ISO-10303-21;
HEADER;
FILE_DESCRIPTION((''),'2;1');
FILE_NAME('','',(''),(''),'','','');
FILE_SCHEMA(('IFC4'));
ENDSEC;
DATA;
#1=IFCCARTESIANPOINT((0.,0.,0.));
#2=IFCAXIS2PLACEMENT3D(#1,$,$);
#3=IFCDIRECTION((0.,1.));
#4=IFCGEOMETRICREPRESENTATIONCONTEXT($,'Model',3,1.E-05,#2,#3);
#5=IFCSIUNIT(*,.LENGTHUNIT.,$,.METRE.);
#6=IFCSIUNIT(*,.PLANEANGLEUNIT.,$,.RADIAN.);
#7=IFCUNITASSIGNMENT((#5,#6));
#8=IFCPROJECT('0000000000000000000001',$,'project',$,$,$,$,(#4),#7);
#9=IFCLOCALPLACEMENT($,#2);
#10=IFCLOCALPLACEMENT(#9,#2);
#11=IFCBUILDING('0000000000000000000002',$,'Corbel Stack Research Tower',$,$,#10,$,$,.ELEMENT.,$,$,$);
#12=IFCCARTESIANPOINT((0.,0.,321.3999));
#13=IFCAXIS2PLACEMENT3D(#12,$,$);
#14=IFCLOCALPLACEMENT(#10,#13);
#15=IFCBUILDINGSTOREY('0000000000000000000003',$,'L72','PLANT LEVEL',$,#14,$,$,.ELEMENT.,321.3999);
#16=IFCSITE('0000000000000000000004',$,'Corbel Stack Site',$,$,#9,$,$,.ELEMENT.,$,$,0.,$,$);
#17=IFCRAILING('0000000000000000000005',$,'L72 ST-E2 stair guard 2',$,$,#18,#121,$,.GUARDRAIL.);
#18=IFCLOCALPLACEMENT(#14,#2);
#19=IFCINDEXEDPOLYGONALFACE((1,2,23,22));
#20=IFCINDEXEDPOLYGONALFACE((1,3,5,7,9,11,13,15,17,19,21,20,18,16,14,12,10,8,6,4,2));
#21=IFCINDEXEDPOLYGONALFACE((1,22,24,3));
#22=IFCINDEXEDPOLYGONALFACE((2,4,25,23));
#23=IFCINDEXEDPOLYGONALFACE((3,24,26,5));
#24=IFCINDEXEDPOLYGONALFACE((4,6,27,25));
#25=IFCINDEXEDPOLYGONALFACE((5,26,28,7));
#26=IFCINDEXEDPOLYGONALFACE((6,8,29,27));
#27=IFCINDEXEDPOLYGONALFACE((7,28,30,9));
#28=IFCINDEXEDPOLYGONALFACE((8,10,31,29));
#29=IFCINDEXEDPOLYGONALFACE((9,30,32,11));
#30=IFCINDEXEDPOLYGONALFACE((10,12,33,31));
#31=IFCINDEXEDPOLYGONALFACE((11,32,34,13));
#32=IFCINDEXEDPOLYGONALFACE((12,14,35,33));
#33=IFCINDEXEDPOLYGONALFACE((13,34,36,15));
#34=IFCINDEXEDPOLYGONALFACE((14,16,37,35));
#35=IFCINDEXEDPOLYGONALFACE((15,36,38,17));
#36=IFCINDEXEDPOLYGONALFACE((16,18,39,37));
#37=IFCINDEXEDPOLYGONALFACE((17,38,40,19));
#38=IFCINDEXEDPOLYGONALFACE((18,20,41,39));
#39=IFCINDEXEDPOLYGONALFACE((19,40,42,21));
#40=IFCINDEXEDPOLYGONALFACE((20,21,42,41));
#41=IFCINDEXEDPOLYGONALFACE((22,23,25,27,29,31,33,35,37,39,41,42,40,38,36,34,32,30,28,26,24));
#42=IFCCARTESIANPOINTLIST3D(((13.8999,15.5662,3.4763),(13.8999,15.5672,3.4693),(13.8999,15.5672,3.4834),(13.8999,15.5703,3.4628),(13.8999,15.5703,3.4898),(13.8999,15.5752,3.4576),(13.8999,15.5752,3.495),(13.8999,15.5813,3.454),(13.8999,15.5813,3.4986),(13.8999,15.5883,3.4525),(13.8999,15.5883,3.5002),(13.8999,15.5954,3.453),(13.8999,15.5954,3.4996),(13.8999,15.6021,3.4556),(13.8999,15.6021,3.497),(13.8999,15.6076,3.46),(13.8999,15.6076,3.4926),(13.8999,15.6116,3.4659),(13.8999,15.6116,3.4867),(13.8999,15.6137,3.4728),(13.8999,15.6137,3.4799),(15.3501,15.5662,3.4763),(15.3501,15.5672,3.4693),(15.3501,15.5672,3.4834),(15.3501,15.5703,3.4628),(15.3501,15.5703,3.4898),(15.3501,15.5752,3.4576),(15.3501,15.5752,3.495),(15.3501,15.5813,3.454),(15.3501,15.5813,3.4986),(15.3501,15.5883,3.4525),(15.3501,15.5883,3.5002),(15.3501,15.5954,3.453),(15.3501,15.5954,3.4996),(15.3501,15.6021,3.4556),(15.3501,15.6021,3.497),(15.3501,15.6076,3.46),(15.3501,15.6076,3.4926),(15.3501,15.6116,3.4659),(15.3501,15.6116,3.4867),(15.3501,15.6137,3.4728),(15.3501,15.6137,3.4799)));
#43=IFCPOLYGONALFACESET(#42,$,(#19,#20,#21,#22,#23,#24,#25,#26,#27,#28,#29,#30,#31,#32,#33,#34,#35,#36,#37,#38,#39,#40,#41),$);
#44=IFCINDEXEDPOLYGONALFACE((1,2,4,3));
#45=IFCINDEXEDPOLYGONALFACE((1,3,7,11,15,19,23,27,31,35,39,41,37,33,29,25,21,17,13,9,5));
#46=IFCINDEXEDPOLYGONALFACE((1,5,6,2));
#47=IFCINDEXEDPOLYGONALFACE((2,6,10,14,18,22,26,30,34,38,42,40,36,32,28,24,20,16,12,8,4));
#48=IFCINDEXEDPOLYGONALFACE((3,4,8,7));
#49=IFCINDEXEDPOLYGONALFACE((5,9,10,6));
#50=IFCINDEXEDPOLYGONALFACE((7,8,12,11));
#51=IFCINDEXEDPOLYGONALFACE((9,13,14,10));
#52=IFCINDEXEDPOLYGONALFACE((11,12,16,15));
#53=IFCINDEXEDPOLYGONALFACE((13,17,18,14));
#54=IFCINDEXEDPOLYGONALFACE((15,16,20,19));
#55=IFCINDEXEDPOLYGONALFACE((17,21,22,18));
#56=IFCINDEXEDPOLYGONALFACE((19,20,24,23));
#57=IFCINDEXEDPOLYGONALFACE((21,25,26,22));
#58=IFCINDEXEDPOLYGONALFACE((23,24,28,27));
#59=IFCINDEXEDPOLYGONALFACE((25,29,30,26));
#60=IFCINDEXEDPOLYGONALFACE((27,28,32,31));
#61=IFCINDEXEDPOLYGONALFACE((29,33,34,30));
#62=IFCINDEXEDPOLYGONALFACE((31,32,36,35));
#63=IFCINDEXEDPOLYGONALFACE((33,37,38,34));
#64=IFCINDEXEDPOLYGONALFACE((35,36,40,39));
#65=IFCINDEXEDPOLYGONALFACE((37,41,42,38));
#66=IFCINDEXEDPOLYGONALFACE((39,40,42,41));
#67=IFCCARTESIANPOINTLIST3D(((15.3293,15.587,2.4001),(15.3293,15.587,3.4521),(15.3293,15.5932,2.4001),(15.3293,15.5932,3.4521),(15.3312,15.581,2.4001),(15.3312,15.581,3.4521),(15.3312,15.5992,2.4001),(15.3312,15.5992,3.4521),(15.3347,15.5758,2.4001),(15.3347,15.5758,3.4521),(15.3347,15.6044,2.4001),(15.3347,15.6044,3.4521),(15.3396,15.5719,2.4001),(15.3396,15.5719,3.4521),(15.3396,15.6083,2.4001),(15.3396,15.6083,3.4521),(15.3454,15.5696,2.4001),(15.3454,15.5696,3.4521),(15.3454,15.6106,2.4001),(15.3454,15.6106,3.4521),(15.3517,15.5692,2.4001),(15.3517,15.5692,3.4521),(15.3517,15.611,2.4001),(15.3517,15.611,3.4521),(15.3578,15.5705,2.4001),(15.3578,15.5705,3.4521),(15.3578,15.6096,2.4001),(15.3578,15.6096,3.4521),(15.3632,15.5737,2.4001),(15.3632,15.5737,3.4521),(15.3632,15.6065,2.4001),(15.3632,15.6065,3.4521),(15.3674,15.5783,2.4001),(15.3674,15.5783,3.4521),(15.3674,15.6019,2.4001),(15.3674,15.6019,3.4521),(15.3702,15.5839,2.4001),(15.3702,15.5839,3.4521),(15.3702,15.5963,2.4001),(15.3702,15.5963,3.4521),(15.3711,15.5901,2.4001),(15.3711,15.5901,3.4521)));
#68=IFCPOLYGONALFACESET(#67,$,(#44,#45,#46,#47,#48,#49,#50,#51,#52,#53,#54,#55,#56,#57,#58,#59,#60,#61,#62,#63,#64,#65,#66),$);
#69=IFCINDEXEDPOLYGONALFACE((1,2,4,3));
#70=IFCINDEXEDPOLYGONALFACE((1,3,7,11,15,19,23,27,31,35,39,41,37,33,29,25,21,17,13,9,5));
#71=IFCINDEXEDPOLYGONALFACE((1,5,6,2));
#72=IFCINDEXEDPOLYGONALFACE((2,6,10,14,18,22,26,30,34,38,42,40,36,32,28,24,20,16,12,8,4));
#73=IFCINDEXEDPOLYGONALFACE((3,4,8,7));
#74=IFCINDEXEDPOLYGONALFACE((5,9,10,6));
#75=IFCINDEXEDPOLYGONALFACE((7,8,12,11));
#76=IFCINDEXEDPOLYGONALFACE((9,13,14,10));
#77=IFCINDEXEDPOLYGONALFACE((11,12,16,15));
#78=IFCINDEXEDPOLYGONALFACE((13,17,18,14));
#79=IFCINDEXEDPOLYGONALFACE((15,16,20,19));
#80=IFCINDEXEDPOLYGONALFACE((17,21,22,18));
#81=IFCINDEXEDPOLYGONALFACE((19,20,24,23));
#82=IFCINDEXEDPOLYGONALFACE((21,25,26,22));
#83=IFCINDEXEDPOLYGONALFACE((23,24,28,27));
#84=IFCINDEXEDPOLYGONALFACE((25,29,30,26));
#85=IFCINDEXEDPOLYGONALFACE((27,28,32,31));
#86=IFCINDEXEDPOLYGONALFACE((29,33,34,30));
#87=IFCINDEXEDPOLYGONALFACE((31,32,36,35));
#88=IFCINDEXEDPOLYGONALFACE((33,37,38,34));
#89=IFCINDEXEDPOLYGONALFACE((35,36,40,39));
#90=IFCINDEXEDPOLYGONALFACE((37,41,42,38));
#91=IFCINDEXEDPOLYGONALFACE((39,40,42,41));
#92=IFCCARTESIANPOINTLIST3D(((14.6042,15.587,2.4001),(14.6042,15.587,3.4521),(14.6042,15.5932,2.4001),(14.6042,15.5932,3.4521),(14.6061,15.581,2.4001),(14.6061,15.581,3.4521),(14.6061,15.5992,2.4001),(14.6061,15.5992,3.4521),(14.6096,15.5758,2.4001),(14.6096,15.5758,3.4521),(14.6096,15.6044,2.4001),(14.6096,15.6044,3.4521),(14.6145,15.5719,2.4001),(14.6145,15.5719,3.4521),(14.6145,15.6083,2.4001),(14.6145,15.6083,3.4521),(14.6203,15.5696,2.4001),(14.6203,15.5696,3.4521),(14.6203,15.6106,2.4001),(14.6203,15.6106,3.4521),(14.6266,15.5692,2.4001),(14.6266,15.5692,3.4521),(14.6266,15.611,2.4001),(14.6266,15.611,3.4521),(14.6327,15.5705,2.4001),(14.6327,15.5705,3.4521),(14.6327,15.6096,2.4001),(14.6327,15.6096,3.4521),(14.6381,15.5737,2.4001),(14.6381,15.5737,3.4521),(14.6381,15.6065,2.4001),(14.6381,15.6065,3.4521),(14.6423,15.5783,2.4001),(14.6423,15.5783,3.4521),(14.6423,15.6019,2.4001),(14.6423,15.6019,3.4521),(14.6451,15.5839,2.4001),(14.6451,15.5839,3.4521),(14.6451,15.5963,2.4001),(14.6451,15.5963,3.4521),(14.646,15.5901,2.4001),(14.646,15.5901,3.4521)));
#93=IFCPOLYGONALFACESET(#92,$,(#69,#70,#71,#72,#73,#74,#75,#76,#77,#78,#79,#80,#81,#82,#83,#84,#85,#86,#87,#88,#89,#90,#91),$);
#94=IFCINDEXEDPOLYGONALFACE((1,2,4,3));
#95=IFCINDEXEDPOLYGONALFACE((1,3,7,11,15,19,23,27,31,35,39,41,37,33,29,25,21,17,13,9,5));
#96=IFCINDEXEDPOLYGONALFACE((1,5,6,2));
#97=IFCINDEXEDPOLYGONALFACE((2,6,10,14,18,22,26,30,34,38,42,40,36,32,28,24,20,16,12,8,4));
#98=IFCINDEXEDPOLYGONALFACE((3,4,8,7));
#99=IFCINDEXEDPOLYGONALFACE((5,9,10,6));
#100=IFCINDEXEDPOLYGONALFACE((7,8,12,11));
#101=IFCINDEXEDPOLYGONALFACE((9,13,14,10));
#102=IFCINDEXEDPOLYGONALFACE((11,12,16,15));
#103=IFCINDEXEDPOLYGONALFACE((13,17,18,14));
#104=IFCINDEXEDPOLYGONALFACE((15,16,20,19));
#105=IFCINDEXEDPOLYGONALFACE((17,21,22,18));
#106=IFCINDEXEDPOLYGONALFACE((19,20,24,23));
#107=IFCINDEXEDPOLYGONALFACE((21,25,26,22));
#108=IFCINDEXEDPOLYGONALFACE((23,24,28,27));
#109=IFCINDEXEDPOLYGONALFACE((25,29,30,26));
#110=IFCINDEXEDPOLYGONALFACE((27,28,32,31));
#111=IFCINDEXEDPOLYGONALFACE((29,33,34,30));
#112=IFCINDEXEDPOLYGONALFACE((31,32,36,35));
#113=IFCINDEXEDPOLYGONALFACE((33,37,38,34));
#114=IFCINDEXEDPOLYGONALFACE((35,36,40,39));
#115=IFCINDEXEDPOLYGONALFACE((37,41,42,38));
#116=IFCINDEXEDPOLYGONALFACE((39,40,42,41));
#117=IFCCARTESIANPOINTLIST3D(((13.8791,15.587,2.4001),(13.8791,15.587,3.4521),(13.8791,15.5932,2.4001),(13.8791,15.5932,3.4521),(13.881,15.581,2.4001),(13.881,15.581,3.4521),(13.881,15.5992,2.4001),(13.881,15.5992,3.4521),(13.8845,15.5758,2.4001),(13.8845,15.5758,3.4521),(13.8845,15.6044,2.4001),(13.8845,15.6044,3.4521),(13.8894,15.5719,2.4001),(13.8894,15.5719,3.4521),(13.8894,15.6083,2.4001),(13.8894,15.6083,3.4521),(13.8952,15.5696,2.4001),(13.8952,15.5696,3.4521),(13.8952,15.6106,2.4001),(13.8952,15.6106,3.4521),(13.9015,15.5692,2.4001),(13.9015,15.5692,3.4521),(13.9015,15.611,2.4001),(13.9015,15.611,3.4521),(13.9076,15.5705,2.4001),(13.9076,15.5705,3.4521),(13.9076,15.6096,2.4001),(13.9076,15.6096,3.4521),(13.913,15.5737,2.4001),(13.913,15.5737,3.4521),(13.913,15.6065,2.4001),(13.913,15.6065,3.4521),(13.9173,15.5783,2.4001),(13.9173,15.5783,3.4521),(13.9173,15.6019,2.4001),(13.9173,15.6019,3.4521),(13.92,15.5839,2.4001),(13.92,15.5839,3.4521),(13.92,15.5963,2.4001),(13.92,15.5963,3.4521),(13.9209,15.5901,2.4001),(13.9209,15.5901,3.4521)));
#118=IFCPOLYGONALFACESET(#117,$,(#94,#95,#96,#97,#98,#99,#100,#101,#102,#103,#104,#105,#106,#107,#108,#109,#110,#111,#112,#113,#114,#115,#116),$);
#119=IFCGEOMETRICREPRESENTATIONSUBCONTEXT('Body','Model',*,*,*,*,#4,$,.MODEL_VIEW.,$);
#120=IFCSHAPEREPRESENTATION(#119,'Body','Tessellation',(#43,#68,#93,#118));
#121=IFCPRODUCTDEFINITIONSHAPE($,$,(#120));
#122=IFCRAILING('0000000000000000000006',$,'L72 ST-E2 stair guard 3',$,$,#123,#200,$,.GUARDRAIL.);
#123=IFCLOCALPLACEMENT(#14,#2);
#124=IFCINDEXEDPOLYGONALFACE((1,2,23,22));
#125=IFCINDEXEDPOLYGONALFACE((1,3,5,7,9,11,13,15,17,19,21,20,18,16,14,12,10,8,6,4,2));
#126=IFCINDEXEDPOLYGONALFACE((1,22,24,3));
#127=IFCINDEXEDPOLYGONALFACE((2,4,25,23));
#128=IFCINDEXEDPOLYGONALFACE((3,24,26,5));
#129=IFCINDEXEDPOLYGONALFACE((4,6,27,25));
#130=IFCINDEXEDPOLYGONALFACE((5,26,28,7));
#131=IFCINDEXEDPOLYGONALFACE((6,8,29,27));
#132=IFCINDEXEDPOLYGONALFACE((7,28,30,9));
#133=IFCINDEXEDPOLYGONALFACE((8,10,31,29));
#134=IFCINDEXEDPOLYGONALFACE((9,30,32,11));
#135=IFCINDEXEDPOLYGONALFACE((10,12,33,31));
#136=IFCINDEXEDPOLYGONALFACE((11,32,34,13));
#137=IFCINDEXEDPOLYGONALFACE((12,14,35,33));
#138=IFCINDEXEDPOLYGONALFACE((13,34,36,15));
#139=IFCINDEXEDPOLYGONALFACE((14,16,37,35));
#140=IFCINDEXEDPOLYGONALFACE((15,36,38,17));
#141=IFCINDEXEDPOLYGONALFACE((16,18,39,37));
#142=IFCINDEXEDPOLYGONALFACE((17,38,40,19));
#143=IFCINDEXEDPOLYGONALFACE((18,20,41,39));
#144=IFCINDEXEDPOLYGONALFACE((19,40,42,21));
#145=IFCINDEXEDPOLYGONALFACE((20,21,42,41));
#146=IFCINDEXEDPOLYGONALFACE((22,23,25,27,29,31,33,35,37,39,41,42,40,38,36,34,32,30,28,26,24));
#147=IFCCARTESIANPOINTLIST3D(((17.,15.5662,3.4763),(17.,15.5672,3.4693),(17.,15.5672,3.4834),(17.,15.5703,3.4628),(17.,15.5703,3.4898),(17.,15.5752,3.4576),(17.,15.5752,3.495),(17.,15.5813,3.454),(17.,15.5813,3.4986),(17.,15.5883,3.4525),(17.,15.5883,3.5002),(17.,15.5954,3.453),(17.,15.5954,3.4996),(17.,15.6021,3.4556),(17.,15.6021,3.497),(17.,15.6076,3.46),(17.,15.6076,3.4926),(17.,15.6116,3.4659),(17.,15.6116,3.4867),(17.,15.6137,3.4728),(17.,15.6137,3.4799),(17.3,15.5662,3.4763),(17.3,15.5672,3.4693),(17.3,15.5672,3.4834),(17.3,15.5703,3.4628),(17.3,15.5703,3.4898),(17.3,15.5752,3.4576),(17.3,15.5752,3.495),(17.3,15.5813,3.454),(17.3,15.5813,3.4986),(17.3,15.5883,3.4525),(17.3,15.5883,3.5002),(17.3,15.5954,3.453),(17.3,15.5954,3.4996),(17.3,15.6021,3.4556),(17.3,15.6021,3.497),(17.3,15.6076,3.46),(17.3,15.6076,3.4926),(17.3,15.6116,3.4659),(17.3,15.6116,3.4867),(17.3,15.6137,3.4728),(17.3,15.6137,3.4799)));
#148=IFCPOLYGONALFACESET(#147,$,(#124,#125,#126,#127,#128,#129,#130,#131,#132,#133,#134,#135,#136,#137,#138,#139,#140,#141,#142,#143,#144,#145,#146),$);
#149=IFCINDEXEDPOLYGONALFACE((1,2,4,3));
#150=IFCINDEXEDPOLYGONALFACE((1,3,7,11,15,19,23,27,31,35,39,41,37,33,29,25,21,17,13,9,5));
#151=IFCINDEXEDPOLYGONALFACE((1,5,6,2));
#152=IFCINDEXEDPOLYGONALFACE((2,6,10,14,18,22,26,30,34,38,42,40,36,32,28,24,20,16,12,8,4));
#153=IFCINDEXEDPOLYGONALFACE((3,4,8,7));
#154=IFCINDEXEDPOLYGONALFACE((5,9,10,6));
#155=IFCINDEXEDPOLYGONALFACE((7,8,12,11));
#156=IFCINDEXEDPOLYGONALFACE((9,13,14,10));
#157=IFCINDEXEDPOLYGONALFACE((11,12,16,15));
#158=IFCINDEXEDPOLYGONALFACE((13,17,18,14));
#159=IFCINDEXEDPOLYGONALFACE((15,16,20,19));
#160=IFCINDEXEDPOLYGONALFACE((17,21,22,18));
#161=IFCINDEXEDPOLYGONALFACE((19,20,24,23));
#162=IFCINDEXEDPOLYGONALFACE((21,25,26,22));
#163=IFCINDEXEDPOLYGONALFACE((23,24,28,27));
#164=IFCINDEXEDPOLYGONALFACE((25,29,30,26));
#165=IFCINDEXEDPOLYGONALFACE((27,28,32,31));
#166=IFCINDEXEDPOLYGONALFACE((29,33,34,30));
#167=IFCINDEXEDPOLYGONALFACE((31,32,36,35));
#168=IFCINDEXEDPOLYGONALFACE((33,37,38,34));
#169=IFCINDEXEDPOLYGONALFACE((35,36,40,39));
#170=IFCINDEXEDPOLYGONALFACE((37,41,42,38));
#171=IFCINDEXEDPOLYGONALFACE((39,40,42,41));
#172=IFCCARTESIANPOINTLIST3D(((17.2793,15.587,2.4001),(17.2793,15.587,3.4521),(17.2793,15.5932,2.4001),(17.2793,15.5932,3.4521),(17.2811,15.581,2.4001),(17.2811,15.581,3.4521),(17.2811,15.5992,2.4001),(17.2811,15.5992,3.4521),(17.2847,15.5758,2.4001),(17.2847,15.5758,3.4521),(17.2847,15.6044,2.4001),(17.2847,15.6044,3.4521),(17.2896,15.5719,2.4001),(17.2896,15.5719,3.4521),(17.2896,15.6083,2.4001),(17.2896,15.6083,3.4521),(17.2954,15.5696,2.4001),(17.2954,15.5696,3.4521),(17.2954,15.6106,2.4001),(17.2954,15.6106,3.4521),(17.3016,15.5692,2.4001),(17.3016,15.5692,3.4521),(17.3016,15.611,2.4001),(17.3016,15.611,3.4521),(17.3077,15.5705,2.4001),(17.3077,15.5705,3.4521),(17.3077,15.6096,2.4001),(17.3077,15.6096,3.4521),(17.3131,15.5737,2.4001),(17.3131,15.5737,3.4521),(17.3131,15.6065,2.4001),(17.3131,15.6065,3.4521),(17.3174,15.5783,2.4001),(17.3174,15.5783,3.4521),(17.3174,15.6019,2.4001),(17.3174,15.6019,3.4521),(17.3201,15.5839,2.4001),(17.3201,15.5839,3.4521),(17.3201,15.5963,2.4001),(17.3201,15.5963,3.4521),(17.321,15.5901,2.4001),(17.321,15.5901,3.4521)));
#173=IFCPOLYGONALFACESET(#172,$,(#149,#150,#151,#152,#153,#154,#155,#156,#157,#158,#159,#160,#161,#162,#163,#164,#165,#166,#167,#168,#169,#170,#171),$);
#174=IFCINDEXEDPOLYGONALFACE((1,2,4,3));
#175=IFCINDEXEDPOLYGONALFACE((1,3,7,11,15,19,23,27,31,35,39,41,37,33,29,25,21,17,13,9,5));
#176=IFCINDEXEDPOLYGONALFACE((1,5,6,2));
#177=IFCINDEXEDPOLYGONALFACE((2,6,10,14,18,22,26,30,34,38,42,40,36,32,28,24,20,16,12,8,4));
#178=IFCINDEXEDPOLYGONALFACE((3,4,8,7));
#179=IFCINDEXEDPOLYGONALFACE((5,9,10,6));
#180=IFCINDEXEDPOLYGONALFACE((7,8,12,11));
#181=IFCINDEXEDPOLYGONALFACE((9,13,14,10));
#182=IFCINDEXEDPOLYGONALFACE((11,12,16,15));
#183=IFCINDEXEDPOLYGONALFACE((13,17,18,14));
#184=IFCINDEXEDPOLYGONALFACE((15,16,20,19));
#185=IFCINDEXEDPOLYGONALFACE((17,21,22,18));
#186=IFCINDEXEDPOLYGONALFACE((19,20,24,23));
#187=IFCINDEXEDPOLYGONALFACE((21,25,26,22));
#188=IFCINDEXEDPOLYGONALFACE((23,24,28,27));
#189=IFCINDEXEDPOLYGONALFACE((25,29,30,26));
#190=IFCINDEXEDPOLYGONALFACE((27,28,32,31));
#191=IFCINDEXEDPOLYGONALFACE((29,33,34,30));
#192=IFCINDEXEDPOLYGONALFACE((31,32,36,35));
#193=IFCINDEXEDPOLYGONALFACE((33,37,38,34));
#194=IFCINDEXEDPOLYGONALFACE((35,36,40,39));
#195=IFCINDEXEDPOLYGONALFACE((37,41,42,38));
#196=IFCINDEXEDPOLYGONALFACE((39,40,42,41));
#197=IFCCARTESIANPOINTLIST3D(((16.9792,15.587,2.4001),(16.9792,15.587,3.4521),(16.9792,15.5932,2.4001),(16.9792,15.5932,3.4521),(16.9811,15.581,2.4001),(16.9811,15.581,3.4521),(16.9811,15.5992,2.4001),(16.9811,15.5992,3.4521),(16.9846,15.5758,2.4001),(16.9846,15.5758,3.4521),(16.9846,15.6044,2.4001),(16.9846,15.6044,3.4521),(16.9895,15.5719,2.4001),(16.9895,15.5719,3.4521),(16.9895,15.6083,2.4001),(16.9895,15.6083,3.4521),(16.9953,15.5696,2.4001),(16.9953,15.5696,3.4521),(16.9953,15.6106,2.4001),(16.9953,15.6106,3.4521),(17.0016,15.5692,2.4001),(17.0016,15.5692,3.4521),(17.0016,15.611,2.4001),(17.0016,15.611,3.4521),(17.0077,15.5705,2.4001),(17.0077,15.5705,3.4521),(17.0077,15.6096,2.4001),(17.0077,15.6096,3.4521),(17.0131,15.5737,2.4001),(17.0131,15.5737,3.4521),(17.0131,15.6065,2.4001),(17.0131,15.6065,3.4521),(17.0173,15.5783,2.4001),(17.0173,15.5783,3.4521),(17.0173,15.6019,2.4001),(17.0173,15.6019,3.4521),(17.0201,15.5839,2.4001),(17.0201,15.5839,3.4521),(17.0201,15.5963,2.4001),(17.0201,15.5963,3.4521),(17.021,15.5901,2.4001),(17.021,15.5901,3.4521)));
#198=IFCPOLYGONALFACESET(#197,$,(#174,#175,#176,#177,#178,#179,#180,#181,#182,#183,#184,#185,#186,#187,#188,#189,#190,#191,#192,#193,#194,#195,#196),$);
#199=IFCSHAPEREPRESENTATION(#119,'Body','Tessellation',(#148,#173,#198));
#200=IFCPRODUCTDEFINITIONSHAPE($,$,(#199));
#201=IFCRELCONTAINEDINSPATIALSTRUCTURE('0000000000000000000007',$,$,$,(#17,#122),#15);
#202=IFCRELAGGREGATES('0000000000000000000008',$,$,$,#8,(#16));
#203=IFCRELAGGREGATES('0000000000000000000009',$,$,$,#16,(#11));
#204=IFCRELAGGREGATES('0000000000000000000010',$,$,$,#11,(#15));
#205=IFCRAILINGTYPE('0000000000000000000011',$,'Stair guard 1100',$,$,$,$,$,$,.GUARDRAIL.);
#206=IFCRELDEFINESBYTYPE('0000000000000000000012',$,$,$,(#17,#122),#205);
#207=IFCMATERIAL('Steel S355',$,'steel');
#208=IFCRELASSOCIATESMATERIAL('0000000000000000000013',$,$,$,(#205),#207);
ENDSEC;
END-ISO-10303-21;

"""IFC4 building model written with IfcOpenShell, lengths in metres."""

from ifc_helpers import new_model, si_unit, direction, frame, origin, origin_2d, place, context, subcontext, project, spatial, circle, extrude, material, type_object, element, save


model = new_model("IFC4")

# Units and contexts
model_context = context("Model", 3, precision=1e-05, world=origin(), true_north=direction((0.0, 1.0)))
body_context = subcontext(model_context, "Body", "Model", "MODEL_VIEW")
ifc_project = project(units=[si_unit("LENGTHUNIT", "METRE"), si_unit("PLANEANGLEUNIT", "RADIAN")], contexts=[model_context])

# Site, building, storey
site_placement = place(None, origin())
site = spatial("IfcSite", under=ifc_project, at=site_placement, Name="Corbel Stack Site", CompositionType="ELEMENT", RefElevation=0.0)
building_placement = place(site_placement, origin())
building = spatial("IfcBuilding", under=site, at=building_placement, Name="Corbel Stack Research Tower", CompositionType="ELEMENT")
storey_placement = place(building_placement, frame((0.0, 0.0, 321.3999)))
storey = spatial("IfcBuildingStorey", under=building, at=storey_placement, Name="L72", Description="PLANT LEVEL", CompositionType="ELEMENT", Elevation=321.3999)

# Railings
ifc_material_1 = material(Name="Steel S355", Category="steel")
railing_type_1 = type_object("IfcRailingType", Name="Stair guard 1100", PredefinedType="GUARDRAIL", material=ifc_material_1)
railing_1_placement = place(storey_placement, frame((15.3501, 15.5901, 2.4001)))
element("IfcRailing", 1, at=railing_1_placement, inside=storey, type_object=railing_type_1, Name="L72 ST-E2 stair guard 2", PredefinedType="GUARDRAIL", context=body_context, shape_type="SweptSolid", body=[
    extrude(circle(Radius=0.0239, at=origin_2d()), frame((0.0, 0.0, 1.0762), z_axis=(-1.0, 0.0, 0.0), x_axis=(0.0, -1.0, 0.0)), (0.0, 0.0, 1.0), 1.4502),
    extrude(circle(Radius=0.021, at=origin_2d()), origin(), (0.0, 0.0, 1.0), 1.052),
    extrude(circle(Radius=0.021, at=origin_2d()), frame((-0.7251, 0.0, 0.0)), (0.0, 0.0, 1.0), 1.052),
    extrude(circle(Radius=0.021, at=origin_2d()), frame((-1.4502, 0.0, 0.0)), (0.0, 0.0, 1.0), 1.052),
])
railing_2_placement = place(storey_placement, frame((17.3, 15.5901, 2.4001)))
element("IfcRailing", 2, at=railing_2_placement, inside=storey, type_object=railing_type_1, Name="L72 ST-E2 stair guard 3", PredefinedType="GUARDRAIL", context=body_context, shape_type="SweptSolid", body=[
    extrude(circle(Radius=0.0239, at=origin_2d()), frame((0.0, 0.0, 1.0762), z_axis=(-1.0, 0.0, 0.0), x_axis=(0.0, -1.0, 0.0)), (0.0, 0.0, 1.0), 0.3),
    extrude(circle(Radius=0.021, at=origin_2d()), origin(), (0.0, 0.0, 1.0), 1.052),
    extrude(circle(Radius=0.021, at=origin_2d()), frame((-0.3, 0.0, 0.0)), (0.0, 0.0, 1.0), 1.052),
])

save(model, "model.ifc")
